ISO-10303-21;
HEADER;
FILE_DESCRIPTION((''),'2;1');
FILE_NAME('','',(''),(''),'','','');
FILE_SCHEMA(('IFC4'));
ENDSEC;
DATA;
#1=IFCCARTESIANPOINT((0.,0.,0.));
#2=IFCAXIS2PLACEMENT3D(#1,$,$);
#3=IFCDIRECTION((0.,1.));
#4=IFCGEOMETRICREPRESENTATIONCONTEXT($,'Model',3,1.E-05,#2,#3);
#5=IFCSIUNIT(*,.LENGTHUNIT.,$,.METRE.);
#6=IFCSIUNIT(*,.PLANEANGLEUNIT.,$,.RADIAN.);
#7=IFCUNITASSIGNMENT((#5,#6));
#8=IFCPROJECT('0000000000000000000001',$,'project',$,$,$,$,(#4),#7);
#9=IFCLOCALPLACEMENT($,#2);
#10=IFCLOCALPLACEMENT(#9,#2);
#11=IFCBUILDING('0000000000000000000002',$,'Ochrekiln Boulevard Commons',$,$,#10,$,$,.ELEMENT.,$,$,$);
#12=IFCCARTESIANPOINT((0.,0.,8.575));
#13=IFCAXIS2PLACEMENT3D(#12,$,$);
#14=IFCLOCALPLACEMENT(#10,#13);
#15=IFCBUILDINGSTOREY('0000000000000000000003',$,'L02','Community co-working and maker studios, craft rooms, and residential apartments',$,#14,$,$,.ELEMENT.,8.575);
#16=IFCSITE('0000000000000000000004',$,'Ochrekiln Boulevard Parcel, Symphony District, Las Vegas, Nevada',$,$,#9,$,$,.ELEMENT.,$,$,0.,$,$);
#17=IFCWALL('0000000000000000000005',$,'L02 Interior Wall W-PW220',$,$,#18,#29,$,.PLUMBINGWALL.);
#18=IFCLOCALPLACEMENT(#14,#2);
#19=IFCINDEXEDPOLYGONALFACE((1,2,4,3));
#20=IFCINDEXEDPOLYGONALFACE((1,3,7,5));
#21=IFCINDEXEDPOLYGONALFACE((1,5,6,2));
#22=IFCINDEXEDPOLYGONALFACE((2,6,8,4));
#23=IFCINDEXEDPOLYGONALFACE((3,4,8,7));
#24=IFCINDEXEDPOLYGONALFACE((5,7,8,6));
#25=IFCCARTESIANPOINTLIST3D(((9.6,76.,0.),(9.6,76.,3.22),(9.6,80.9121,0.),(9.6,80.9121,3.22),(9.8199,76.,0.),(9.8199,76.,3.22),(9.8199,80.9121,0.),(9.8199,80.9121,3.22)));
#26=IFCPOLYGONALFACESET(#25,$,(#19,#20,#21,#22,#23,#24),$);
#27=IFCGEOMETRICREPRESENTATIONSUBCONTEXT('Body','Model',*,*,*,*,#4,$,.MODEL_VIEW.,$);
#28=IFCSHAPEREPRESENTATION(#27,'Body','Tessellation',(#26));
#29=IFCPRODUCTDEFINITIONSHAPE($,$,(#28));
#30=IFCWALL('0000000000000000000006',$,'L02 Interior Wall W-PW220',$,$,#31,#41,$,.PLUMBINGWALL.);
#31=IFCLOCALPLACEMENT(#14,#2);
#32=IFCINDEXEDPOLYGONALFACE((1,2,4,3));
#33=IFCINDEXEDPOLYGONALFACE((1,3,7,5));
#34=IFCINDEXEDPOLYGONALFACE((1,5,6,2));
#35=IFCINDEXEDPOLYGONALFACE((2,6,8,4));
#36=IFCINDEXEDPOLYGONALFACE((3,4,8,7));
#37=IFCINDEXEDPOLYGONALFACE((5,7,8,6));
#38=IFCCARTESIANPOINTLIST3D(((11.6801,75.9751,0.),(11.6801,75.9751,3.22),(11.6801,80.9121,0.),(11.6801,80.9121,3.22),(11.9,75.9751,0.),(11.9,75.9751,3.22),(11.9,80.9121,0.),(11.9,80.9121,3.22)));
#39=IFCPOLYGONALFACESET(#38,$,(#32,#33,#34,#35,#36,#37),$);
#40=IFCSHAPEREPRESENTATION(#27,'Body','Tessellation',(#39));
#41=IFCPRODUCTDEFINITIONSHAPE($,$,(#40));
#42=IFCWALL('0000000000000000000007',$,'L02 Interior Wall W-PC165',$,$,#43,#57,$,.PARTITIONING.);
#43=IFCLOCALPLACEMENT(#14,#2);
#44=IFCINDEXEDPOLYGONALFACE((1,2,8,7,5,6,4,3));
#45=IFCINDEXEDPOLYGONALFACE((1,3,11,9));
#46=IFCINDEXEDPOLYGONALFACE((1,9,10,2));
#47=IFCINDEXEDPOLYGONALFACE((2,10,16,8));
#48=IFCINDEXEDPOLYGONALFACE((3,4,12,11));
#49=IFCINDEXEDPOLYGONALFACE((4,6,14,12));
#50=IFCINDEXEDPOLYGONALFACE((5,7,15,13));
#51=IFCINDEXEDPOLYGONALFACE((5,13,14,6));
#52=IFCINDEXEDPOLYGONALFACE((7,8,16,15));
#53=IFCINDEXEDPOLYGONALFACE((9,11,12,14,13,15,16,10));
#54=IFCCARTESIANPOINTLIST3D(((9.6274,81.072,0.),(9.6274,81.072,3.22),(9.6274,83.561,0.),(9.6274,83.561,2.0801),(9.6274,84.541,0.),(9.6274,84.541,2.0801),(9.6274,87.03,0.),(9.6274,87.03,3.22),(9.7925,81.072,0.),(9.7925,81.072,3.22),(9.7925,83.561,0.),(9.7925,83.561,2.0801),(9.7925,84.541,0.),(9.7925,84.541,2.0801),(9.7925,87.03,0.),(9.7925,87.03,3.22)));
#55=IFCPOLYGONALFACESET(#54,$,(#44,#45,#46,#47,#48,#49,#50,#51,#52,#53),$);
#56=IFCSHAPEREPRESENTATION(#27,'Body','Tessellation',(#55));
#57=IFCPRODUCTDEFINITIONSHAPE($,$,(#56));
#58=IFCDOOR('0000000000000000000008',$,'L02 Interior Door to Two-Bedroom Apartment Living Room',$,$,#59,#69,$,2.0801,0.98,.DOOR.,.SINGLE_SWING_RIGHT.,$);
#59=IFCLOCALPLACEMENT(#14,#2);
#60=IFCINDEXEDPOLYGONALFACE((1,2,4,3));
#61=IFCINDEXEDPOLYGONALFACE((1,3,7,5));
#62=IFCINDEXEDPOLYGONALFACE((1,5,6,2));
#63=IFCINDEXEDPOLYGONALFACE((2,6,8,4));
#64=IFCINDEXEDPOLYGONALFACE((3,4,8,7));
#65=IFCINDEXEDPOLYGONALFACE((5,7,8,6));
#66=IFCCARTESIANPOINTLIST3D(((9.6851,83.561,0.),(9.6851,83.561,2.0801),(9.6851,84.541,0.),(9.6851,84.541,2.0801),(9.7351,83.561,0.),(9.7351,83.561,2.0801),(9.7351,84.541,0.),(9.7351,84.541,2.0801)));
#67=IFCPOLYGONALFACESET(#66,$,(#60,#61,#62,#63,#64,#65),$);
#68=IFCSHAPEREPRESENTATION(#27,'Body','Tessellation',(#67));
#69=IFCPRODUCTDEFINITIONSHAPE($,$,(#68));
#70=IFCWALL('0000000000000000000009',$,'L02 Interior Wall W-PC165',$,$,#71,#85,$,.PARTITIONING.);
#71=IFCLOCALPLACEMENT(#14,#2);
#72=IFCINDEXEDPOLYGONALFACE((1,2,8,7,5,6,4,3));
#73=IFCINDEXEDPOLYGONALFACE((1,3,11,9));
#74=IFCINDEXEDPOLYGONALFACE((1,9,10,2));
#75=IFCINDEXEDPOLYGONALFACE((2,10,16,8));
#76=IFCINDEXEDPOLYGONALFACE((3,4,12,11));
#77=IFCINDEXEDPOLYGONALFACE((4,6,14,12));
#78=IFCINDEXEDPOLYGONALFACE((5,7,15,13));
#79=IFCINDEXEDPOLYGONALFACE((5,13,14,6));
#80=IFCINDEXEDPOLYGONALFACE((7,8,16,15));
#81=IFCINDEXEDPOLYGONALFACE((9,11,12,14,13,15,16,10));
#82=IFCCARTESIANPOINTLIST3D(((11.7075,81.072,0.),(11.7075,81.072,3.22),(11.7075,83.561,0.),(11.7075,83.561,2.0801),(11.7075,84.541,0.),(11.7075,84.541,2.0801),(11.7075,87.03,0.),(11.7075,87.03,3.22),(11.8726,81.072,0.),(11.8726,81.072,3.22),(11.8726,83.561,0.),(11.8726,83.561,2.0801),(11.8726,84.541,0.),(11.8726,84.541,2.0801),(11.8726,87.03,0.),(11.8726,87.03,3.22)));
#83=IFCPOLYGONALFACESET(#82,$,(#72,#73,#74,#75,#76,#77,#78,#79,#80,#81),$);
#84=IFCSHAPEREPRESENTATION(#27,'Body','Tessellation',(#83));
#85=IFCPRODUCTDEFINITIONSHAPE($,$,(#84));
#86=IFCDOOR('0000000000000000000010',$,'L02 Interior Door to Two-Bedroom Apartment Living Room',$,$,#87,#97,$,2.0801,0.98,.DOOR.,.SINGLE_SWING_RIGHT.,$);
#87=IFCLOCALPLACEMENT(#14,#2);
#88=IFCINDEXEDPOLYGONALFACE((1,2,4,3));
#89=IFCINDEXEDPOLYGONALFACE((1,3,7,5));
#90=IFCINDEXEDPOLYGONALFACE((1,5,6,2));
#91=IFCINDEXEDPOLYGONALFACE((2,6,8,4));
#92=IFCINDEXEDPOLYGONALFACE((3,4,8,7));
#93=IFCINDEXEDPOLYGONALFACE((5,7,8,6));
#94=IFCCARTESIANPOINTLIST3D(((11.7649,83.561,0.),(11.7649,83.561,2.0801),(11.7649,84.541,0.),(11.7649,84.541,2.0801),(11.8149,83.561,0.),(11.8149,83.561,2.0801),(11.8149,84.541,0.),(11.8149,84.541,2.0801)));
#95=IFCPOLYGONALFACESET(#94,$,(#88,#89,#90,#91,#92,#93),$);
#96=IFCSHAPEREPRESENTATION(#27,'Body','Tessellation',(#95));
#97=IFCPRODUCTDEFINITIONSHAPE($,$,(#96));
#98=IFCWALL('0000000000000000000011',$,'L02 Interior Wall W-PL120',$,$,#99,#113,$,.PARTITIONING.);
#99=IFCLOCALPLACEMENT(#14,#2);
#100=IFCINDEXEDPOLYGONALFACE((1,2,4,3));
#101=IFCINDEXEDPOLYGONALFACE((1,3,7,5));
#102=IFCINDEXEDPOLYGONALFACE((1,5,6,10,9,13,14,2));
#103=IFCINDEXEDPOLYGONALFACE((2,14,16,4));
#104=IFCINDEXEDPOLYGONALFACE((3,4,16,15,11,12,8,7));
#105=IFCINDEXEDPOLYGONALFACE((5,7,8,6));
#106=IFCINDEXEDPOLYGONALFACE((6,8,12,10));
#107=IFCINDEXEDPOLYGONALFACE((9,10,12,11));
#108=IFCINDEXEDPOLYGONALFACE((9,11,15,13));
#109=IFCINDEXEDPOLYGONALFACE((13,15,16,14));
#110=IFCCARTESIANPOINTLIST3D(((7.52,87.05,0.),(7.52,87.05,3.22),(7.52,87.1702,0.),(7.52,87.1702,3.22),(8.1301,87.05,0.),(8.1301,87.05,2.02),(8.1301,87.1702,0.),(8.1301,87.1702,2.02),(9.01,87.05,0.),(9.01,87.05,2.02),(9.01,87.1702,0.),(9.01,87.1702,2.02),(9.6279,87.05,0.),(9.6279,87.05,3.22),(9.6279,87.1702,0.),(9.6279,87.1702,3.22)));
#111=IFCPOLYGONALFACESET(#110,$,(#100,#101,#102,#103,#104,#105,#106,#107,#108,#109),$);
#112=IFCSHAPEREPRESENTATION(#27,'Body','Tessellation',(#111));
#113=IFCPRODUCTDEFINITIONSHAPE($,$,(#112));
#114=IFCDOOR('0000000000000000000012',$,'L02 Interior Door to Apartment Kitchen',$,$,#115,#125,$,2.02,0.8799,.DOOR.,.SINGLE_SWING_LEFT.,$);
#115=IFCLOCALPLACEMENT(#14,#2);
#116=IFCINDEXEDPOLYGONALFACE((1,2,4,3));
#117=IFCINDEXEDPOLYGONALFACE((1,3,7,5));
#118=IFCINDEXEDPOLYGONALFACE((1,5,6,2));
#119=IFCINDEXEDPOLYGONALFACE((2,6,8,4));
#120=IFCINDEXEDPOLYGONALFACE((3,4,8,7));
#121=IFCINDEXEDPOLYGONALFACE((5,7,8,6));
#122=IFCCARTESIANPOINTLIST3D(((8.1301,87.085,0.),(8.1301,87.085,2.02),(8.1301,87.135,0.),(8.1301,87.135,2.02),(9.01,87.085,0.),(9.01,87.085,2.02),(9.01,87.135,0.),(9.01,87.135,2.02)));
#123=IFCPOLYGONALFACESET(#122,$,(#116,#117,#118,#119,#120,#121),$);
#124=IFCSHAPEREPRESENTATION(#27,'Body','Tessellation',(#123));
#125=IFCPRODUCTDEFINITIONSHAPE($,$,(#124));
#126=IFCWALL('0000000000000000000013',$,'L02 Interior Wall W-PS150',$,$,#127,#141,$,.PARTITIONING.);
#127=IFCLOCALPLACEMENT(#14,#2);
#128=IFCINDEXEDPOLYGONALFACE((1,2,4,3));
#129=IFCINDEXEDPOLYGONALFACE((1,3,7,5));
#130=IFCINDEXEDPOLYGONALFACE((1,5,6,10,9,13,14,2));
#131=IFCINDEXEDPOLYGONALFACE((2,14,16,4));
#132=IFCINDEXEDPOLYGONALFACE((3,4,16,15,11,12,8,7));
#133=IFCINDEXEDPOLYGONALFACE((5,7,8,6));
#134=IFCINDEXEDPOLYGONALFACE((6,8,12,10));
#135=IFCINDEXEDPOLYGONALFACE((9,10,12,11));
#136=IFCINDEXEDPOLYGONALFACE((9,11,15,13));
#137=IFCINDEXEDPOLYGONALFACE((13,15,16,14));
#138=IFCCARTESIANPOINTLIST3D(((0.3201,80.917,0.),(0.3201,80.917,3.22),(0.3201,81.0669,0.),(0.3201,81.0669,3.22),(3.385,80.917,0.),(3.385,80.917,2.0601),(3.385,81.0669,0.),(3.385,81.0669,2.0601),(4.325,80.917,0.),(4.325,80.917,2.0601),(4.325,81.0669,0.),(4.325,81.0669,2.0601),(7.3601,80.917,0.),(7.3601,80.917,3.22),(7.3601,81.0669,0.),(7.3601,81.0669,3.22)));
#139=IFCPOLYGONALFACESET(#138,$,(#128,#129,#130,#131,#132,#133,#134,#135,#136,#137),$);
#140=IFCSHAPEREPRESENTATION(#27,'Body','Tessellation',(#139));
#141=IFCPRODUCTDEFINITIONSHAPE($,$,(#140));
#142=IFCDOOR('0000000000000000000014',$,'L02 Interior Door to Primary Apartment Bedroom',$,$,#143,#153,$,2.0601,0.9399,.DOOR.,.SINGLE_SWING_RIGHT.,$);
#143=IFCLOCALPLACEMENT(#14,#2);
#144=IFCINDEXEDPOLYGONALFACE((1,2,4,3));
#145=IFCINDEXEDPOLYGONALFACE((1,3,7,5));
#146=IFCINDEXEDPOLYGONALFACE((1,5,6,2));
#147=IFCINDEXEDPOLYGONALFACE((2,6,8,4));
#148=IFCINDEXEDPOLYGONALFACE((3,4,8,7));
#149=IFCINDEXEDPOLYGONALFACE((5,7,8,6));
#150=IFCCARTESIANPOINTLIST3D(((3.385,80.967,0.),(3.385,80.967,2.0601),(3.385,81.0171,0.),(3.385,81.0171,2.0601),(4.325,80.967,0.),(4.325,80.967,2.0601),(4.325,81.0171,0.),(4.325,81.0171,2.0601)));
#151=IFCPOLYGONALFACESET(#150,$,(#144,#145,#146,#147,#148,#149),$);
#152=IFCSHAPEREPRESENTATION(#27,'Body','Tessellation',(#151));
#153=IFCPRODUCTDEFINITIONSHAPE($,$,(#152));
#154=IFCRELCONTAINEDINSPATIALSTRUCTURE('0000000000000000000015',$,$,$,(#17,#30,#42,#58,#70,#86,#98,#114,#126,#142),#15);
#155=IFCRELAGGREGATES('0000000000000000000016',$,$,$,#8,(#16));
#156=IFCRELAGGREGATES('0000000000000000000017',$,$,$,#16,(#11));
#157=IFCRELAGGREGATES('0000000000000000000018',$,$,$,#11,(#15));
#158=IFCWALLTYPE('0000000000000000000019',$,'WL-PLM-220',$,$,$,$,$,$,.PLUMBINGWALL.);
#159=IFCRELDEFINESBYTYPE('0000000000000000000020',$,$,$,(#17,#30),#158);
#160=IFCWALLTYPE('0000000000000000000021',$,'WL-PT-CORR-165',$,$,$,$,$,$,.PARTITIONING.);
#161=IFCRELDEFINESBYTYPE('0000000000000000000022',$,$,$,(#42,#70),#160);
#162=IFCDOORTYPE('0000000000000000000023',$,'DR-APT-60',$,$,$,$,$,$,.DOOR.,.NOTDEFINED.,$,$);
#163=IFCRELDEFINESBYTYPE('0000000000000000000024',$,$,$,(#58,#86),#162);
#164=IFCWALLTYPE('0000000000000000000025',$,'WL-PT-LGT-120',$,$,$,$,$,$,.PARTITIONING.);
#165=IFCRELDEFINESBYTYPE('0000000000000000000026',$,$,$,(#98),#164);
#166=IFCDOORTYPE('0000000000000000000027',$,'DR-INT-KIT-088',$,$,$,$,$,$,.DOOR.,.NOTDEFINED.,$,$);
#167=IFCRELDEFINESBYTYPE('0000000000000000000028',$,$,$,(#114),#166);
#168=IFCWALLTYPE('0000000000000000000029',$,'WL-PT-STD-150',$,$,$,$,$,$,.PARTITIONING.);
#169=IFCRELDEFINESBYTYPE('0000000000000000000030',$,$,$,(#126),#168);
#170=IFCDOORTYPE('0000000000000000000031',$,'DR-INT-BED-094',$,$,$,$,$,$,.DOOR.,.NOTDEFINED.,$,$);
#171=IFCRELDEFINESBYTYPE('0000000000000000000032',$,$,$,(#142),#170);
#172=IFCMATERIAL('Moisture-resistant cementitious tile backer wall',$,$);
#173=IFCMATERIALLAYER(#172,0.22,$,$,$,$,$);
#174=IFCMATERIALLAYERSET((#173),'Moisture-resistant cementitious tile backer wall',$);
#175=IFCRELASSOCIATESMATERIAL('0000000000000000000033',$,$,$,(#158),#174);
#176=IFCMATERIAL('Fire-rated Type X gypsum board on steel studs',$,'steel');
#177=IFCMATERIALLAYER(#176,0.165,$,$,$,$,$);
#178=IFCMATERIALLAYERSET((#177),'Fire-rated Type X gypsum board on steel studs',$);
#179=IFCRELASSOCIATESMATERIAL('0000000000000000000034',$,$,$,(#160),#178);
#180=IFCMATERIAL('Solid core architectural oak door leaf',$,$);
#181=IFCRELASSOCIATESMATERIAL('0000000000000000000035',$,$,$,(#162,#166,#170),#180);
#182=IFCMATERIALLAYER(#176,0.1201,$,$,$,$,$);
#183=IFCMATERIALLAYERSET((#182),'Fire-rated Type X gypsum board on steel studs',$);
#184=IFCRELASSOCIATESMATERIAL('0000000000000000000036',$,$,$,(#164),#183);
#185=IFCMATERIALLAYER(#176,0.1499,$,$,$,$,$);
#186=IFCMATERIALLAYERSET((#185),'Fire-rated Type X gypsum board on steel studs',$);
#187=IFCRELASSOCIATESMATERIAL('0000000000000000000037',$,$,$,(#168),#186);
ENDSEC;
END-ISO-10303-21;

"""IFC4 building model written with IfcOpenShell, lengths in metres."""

from ifc_helpers import new_model, si_unit, direction, frame, frame_2d, origin, place, context, subcontext, project, spatial, rectangle, extrude, material, layer, layer_set, type_object, element, fill, save


model = new_model("IFC4")

# Units and contexts
model_context = context("Model", 3, precision=1e-05, world=origin(), true_north=direction((0.0, 1.0)))
body_context = subcontext(model_context, "Body", "Model", "MODEL_VIEW")
ifc_project = project(units=[si_unit("LENGTHUNIT", "METRE"), si_unit("PLANEANGLEUNIT", "RADIAN")], contexts=[model_context])

# Site, building, storey
site_placement = place(None, origin())
site = spatial("IfcSite", under=ifc_project, at=site_placement, Name="Ochrekiln Boulevard Parcel, Symphony District, Las Vegas, Nevada", CompositionType="ELEMENT", RefElevation=0.0)
building_placement = place(site_placement, origin())
building = spatial("IfcBuilding", under=site, at=building_placement, Name="Ochrekiln Boulevard Commons", CompositionType="ELEMENT")
storey_placement = place(building_placement, frame((0.0, 0.0, 8.575)))
storey = spatial("IfcBuildingStorey", under=building, at=storey_placement, Name="L02", Description="Community co-working and maker studios, craft rooms, and residential apartments", CompositionType="ELEMENT", Elevation=8.575)

# Shared definitions
ifc_material_1 = material(Name="Moisture-resistant cementitious tile backer wall")

# Shared definitions
ifc_material_2 = material(Name="Solid core architectural oak door leaf")

# Walls
ifc_layer_1 = layer(ifc_material_1, 0.22)
ifc_layer_set_1 = layer_set([ifc_layer_1], Name="Moisture-resistant cementitious tile backer wall")
wall_type_1 = type_object("IfcWallType", Name="WL-PLM-220", PredefinedType="PLUMBINGWALL", material=ifc_layer_set_1)
wall_1_placement = place(storey_placement, frame((9.71, 76.0, 0.0), z_axis=(0.0, 0.0, 1.0), x_axis=(0.0, 1.0, 0.0)))
element("IfcWall", 1, at=wall_1_placement, inside=storey, type_object=wall_type_1, Name="L02 Interior Wall W-PW220", PredefinedType="PLUMBINGWALL", context=body_context, shape_type="SweptSolid", body=[
    extrude(rectangle(XDim=4.9121, YDim=0.22, at=frame_2d((2.4561, 0.0))), origin(), (0.0, 0.0, 1.0), 3.22),
])
wall_2_placement = place(storey_placement, frame((11.79, 75.9751, 0.0), z_axis=(0.0, 0.0, 1.0), x_axis=(0.0, 1.0, 0.0)))
element("IfcWall", 2, at=wall_2_placement, inside=storey, type_object=wall_type_1, Name="L02 Interior Wall W-PW220", PredefinedType="PLUMBINGWALL", context=body_context, shape_type="SweptSolid", body=[
    extrude(rectangle(XDim=4.937, YDim=0.22, at=frame_2d((2.4685, 0.0))), origin(), (0.0, 0.0, 1.0), 3.22),
])

# Walls, openings, doors
ifc_material_3 = material(Name="Fire-rated Type X gypsum board on steel studs", Category="steel")
ifc_layer_2 = layer(ifc_material_3, 0.165)
ifc_layer_set_2 = layer_set([ifc_layer_2], Name="Fire-rated Type X gypsum board on steel studs")
wall_type_2 = type_object("IfcWallType", Name="WL-PT-CORR-165", PredefinedType="PARTITIONING", material=ifc_layer_set_2)
wall_3_placement = place(storey_placement, frame((9.71, 81.072, 0.0), z_axis=(0.0, 0.0, 1.0), x_axis=(0.0, 1.0, 0.0)))
wall_3 = element("IfcWall", 3, at=wall_3_placement, inside=storey, type_object=wall_type_2, Name="L02 Interior Wall W-PC165", PredefinedType="PARTITIONING", context=body_context, shape_type="SweptSolid", body=[
    extrude(rectangle(XDim=5.958, YDim=0.165, at=frame_2d((2.979, 0.0))), origin(), (0.0, 0.0, 1.0), 3.22),
])
opening_1_placement = place(wall_3_placement, frame((2.489, 0.0, 0.0)))
opening_1 = element("IfcOpeningElement", 4, at=opening_1_placement, cuts=wall_3, PredefinedType="OPENING", context=body_context, shape_type="SweptSolid", body=[
    extrude(rectangle(XDim=0.98, YDim=2.0801, at=frame_2d((0.49, 1.04))), frame((0.0, 0.0925, 0.0), z_axis=(0.0, -1.0, 0.0), x_axis=(1.0, 0.0, 0.0)), (0.0, 0.0, 1.0), 0.1851),
])
door_type_1 = type_object("IfcDoorType", Name="DR-APT-60", OperationType="NOTDEFINED", PredefinedType="DOOR", material=ifc_material_2)
door_1_placement = place(opening_1_placement, origin())
door_1 = element("IfcDoor", 5, at=door_1_placement, inside=storey, type_object=door_type_1, Name="L02 Interior Door to Two-Bedroom Apartment Living Room", OperationType="SINGLE_SWING_RIGHT", OverallHeight=2.0801, OverallWidth=0.98, PredefinedType="DOOR", context=body_context, shape_type="SweptSolid", body=[
    extrude(rectangle(XDim=0.98, YDim=2.0801, at=frame_2d((0.49, 1.04))), frame((0.0, 0.0249, 0.0), z_axis=(0.0, -1.0, 0.0), x_axis=(1.0, 0.0, 0.0)), (0.0, 0.0, 1.0), 0.05),
])
fill(opening_1, door_1)
wall_4_placement = place(storey_placement, frame((11.79, 81.072, 0.0), z_axis=(0.0, 0.0, 1.0), x_axis=(0.0, 1.0, 0.0)))
wall_4 = element("IfcWall", 6, at=wall_4_placement, inside=storey, type_object=wall_type_2, Name="L02 Interior Wall W-PC165", PredefinedType="PARTITIONING", context=body_context, shape_type="SweptSolid", body=[
    extrude(rectangle(XDim=5.958, YDim=0.165, at=frame_2d((2.979, 0.0))), origin(), (0.0, 0.0, 1.0), 3.22),
])
opening_2_placement = place(wall_4_placement, frame((2.489, 0.0, 0.0)))
opening_2 = element("IfcOpeningElement", 7, at=opening_2_placement, cuts=wall_4, PredefinedType="OPENING", context=body_context, shape_type="SweptSolid", body=[
    extrude(rectangle(XDim=0.98, YDim=2.0801, at=frame_2d((0.49, 1.04))), frame((0.0, 0.0925, 0.0), z_axis=(0.0, -1.0, 0.0), x_axis=(1.0, 0.0, 0.0)), (0.0, 0.0, 1.0), 0.1851),
])
door_2_placement = place(opening_2_placement, frame((0.98, 0.0, 0.0), z_axis=(0.0, 0.0, 1.0), x_axis=(-1.0, 0.0, 0.0)))
door_2 = element("IfcDoor", 8, at=door_2_placement, inside=storey, type_object=door_type_1, Name="L02 Interior Door to Two-Bedroom Apartment Living Room", OperationType="SINGLE_SWING_RIGHT", OverallHeight=2.0801, OverallWidth=0.98, PredefinedType="DOOR", context=body_context, shape_type="SweptSolid", body=[
    extrude(rectangle(XDim=0.98, YDim=2.0801, at=frame_2d((0.49, 1.04))), frame((0.0, 0.0249, 0.0), z_axis=(0.0, -1.0, 0.0), x_axis=(1.0, 0.0, 0.0)), (0.0, 0.0, 1.0), 0.05),
])
fill(opening_2, door_2)
ifc_layer_3 = layer(ifc_material_3, 0.1201)
ifc_layer_set_3 = layer_set([ifc_layer_3], Name="Fire-rated Type X gypsum board on steel studs")
wall_type_3 = type_object("IfcWallType", Name="WL-PT-LGT-120", PredefinedType="PARTITIONING", material=ifc_layer_set_3)
wall_5_placement = place(storey_placement, frame((7.52, 87.1101, 0.0), z_axis=(0.0, 0.0, 1.0), x_axis=(1.0, 0.0, 0.0)))
wall_5 = element("IfcWall", 9, at=wall_5_placement, inside=storey, type_object=wall_type_3, Name="L02 Interior Wall W-PL120", PredefinedType="PARTITIONING", context=body_context, shape_type="SweptSolid", body=[
    extrude(rectangle(XDim=2.1079, YDim=0.1201, at=frame_2d((1.054, 0.0))), origin(), (0.0, 0.0, 1.0), 3.22),
])
opening_3_placement = place(wall_5_placement, frame((0.6101, 0.0, 0.0)))
opening_3 = element("IfcOpeningElement", 10, at=opening_3_placement, cuts=wall_5, PredefinedType="OPENING", context=body_context, shape_type="SweptSolid", body=[
    extrude(rectangle(XDim=0.8799, YDim=2.02, at=frame_2d((0.4399, 1.01))), frame((0.0, 0.0701, 0.0), z_axis=(0.0, -1.0, 0.0), x_axis=(1.0, 0.0, 0.0)), (0.0, 0.0, 1.0), 0.1401),
])
door_type_2 = type_object("IfcDoorType", Name="DR-INT-KIT-088", OperationType="NOTDEFINED", PredefinedType="DOOR", material=ifc_material_2)
door_3_placement = place(opening_3_placement, origin())
door_3 = element("IfcDoor", 11, at=door_3_placement, inside=storey, type_object=door_type_2, Name="L02 Interior Door to Apartment Kitchen", OperationType="SINGLE_SWING_LEFT", OverallHeight=2.02, OverallWidth=0.8799, PredefinedType="DOOR", context=body_context, shape_type="SweptSolid", body=[
    extrude(rectangle(XDim=0.8799, YDim=2.02, at=frame_2d((0.4399, 1.01))), frame((0.0, 0.0249, 0.0), z_axis=(0.0, -1.0, 0.0), x_axis=(1.0, 0.0, 0.0)), (0.0, 0.0, 1.0), 0.05),
])
fill(opening_3, door_3)
ifc_layer_4 = layer(ifc_material_3, 0.1499)
ifc_layer_set_4 = layer_set([ifc_layer_4], Name="Fire-rated Type X gypsum board on steel studs")
wall_type_4 = type_object("IfcWallType", Name="WL-PT-STD-150", PredefinedType="PARTITIONING", material=ifc_layer_set_4)
wall_6_placement = place(storey_placement, frame((0.3201, 80.9919, 0.0), z_axis=(0.0, 0.0, 1.0), x_axis=(1.0, 0.0, 0.0)))
wall_6 = element("IfcWall", 12, at=wall_6_placement, inside=storey, type_object=wall_type_4, Name="L02 Interior Wall W-PS150", PredefinedType="PARTITIONING", context=body_context, shape_type="SweptSolid", body=[
    extrude(rectangle(XDim=7.04, YDim=0.1499, at=frame_2d((3.52, 0.0))), origin(), (0.0, 0.0, 1.0), 3.22),
])
opening_4_placement = place(wall_6_placement, frame((3.0649, 0.0, 0.0)))
opening_4 = element("IfcOpeningElement", 13, at=opening_4_placement, cuts=wall_6, PredefinedType="OPENING", context=body_context, shape_type="SweptSolid", body=[
    extrude(rectangle(XDim=0.9399, YDim=2.0601, at=frame_2d((0.47, 1.03))), frame((0.0, 0.085, 0.0), z_axis=(0.0, -1.0, 0.0), x_axis=(1.0, 0.0, 0.0)), (0.0, 0.0, 1.0), 0.1699),
])
door_type_3 = type_object("IfcDoorType", Name="DR-INT-BED-094", OperationType="NOTDEFINED", PredefinedType="DOOR", material=ifc_material_2)
door_4_placement = place(opening_4_placement, frame((0.9399, 0.0, 0.0), z_axis=(0.0, 0.0, 1.0), x_axis=(-1.0, 0.0, 0.0)))
door_4 = element("IfcDoor", 14, at=door_4_placement, inside=storey, type_object=door_type_3, Name="L02 Interior Door to Primary Apartment Bedroom", OperationType="SINGLE_SWING_RIGHT", OverallHeight=2.0601, OverallWidth=0.9399, PredefinedType="DOOR", context=body_context, shape_type="SweptSolid", body=[
    extrude(rectangle(XDim=0.9399, YDim=2.0601, at=frame_2d((0.47, 1.03))), frame((0.0, 0.0249, 0.0), z_axis=(0.0, -1.0, 0.0), x_axis=(1.0, 0.0, 0.0)), (0.0, 0.0, 1.0), 0.05),
])
fill(opening_4, door_4)

save(model, "model.ifc")
